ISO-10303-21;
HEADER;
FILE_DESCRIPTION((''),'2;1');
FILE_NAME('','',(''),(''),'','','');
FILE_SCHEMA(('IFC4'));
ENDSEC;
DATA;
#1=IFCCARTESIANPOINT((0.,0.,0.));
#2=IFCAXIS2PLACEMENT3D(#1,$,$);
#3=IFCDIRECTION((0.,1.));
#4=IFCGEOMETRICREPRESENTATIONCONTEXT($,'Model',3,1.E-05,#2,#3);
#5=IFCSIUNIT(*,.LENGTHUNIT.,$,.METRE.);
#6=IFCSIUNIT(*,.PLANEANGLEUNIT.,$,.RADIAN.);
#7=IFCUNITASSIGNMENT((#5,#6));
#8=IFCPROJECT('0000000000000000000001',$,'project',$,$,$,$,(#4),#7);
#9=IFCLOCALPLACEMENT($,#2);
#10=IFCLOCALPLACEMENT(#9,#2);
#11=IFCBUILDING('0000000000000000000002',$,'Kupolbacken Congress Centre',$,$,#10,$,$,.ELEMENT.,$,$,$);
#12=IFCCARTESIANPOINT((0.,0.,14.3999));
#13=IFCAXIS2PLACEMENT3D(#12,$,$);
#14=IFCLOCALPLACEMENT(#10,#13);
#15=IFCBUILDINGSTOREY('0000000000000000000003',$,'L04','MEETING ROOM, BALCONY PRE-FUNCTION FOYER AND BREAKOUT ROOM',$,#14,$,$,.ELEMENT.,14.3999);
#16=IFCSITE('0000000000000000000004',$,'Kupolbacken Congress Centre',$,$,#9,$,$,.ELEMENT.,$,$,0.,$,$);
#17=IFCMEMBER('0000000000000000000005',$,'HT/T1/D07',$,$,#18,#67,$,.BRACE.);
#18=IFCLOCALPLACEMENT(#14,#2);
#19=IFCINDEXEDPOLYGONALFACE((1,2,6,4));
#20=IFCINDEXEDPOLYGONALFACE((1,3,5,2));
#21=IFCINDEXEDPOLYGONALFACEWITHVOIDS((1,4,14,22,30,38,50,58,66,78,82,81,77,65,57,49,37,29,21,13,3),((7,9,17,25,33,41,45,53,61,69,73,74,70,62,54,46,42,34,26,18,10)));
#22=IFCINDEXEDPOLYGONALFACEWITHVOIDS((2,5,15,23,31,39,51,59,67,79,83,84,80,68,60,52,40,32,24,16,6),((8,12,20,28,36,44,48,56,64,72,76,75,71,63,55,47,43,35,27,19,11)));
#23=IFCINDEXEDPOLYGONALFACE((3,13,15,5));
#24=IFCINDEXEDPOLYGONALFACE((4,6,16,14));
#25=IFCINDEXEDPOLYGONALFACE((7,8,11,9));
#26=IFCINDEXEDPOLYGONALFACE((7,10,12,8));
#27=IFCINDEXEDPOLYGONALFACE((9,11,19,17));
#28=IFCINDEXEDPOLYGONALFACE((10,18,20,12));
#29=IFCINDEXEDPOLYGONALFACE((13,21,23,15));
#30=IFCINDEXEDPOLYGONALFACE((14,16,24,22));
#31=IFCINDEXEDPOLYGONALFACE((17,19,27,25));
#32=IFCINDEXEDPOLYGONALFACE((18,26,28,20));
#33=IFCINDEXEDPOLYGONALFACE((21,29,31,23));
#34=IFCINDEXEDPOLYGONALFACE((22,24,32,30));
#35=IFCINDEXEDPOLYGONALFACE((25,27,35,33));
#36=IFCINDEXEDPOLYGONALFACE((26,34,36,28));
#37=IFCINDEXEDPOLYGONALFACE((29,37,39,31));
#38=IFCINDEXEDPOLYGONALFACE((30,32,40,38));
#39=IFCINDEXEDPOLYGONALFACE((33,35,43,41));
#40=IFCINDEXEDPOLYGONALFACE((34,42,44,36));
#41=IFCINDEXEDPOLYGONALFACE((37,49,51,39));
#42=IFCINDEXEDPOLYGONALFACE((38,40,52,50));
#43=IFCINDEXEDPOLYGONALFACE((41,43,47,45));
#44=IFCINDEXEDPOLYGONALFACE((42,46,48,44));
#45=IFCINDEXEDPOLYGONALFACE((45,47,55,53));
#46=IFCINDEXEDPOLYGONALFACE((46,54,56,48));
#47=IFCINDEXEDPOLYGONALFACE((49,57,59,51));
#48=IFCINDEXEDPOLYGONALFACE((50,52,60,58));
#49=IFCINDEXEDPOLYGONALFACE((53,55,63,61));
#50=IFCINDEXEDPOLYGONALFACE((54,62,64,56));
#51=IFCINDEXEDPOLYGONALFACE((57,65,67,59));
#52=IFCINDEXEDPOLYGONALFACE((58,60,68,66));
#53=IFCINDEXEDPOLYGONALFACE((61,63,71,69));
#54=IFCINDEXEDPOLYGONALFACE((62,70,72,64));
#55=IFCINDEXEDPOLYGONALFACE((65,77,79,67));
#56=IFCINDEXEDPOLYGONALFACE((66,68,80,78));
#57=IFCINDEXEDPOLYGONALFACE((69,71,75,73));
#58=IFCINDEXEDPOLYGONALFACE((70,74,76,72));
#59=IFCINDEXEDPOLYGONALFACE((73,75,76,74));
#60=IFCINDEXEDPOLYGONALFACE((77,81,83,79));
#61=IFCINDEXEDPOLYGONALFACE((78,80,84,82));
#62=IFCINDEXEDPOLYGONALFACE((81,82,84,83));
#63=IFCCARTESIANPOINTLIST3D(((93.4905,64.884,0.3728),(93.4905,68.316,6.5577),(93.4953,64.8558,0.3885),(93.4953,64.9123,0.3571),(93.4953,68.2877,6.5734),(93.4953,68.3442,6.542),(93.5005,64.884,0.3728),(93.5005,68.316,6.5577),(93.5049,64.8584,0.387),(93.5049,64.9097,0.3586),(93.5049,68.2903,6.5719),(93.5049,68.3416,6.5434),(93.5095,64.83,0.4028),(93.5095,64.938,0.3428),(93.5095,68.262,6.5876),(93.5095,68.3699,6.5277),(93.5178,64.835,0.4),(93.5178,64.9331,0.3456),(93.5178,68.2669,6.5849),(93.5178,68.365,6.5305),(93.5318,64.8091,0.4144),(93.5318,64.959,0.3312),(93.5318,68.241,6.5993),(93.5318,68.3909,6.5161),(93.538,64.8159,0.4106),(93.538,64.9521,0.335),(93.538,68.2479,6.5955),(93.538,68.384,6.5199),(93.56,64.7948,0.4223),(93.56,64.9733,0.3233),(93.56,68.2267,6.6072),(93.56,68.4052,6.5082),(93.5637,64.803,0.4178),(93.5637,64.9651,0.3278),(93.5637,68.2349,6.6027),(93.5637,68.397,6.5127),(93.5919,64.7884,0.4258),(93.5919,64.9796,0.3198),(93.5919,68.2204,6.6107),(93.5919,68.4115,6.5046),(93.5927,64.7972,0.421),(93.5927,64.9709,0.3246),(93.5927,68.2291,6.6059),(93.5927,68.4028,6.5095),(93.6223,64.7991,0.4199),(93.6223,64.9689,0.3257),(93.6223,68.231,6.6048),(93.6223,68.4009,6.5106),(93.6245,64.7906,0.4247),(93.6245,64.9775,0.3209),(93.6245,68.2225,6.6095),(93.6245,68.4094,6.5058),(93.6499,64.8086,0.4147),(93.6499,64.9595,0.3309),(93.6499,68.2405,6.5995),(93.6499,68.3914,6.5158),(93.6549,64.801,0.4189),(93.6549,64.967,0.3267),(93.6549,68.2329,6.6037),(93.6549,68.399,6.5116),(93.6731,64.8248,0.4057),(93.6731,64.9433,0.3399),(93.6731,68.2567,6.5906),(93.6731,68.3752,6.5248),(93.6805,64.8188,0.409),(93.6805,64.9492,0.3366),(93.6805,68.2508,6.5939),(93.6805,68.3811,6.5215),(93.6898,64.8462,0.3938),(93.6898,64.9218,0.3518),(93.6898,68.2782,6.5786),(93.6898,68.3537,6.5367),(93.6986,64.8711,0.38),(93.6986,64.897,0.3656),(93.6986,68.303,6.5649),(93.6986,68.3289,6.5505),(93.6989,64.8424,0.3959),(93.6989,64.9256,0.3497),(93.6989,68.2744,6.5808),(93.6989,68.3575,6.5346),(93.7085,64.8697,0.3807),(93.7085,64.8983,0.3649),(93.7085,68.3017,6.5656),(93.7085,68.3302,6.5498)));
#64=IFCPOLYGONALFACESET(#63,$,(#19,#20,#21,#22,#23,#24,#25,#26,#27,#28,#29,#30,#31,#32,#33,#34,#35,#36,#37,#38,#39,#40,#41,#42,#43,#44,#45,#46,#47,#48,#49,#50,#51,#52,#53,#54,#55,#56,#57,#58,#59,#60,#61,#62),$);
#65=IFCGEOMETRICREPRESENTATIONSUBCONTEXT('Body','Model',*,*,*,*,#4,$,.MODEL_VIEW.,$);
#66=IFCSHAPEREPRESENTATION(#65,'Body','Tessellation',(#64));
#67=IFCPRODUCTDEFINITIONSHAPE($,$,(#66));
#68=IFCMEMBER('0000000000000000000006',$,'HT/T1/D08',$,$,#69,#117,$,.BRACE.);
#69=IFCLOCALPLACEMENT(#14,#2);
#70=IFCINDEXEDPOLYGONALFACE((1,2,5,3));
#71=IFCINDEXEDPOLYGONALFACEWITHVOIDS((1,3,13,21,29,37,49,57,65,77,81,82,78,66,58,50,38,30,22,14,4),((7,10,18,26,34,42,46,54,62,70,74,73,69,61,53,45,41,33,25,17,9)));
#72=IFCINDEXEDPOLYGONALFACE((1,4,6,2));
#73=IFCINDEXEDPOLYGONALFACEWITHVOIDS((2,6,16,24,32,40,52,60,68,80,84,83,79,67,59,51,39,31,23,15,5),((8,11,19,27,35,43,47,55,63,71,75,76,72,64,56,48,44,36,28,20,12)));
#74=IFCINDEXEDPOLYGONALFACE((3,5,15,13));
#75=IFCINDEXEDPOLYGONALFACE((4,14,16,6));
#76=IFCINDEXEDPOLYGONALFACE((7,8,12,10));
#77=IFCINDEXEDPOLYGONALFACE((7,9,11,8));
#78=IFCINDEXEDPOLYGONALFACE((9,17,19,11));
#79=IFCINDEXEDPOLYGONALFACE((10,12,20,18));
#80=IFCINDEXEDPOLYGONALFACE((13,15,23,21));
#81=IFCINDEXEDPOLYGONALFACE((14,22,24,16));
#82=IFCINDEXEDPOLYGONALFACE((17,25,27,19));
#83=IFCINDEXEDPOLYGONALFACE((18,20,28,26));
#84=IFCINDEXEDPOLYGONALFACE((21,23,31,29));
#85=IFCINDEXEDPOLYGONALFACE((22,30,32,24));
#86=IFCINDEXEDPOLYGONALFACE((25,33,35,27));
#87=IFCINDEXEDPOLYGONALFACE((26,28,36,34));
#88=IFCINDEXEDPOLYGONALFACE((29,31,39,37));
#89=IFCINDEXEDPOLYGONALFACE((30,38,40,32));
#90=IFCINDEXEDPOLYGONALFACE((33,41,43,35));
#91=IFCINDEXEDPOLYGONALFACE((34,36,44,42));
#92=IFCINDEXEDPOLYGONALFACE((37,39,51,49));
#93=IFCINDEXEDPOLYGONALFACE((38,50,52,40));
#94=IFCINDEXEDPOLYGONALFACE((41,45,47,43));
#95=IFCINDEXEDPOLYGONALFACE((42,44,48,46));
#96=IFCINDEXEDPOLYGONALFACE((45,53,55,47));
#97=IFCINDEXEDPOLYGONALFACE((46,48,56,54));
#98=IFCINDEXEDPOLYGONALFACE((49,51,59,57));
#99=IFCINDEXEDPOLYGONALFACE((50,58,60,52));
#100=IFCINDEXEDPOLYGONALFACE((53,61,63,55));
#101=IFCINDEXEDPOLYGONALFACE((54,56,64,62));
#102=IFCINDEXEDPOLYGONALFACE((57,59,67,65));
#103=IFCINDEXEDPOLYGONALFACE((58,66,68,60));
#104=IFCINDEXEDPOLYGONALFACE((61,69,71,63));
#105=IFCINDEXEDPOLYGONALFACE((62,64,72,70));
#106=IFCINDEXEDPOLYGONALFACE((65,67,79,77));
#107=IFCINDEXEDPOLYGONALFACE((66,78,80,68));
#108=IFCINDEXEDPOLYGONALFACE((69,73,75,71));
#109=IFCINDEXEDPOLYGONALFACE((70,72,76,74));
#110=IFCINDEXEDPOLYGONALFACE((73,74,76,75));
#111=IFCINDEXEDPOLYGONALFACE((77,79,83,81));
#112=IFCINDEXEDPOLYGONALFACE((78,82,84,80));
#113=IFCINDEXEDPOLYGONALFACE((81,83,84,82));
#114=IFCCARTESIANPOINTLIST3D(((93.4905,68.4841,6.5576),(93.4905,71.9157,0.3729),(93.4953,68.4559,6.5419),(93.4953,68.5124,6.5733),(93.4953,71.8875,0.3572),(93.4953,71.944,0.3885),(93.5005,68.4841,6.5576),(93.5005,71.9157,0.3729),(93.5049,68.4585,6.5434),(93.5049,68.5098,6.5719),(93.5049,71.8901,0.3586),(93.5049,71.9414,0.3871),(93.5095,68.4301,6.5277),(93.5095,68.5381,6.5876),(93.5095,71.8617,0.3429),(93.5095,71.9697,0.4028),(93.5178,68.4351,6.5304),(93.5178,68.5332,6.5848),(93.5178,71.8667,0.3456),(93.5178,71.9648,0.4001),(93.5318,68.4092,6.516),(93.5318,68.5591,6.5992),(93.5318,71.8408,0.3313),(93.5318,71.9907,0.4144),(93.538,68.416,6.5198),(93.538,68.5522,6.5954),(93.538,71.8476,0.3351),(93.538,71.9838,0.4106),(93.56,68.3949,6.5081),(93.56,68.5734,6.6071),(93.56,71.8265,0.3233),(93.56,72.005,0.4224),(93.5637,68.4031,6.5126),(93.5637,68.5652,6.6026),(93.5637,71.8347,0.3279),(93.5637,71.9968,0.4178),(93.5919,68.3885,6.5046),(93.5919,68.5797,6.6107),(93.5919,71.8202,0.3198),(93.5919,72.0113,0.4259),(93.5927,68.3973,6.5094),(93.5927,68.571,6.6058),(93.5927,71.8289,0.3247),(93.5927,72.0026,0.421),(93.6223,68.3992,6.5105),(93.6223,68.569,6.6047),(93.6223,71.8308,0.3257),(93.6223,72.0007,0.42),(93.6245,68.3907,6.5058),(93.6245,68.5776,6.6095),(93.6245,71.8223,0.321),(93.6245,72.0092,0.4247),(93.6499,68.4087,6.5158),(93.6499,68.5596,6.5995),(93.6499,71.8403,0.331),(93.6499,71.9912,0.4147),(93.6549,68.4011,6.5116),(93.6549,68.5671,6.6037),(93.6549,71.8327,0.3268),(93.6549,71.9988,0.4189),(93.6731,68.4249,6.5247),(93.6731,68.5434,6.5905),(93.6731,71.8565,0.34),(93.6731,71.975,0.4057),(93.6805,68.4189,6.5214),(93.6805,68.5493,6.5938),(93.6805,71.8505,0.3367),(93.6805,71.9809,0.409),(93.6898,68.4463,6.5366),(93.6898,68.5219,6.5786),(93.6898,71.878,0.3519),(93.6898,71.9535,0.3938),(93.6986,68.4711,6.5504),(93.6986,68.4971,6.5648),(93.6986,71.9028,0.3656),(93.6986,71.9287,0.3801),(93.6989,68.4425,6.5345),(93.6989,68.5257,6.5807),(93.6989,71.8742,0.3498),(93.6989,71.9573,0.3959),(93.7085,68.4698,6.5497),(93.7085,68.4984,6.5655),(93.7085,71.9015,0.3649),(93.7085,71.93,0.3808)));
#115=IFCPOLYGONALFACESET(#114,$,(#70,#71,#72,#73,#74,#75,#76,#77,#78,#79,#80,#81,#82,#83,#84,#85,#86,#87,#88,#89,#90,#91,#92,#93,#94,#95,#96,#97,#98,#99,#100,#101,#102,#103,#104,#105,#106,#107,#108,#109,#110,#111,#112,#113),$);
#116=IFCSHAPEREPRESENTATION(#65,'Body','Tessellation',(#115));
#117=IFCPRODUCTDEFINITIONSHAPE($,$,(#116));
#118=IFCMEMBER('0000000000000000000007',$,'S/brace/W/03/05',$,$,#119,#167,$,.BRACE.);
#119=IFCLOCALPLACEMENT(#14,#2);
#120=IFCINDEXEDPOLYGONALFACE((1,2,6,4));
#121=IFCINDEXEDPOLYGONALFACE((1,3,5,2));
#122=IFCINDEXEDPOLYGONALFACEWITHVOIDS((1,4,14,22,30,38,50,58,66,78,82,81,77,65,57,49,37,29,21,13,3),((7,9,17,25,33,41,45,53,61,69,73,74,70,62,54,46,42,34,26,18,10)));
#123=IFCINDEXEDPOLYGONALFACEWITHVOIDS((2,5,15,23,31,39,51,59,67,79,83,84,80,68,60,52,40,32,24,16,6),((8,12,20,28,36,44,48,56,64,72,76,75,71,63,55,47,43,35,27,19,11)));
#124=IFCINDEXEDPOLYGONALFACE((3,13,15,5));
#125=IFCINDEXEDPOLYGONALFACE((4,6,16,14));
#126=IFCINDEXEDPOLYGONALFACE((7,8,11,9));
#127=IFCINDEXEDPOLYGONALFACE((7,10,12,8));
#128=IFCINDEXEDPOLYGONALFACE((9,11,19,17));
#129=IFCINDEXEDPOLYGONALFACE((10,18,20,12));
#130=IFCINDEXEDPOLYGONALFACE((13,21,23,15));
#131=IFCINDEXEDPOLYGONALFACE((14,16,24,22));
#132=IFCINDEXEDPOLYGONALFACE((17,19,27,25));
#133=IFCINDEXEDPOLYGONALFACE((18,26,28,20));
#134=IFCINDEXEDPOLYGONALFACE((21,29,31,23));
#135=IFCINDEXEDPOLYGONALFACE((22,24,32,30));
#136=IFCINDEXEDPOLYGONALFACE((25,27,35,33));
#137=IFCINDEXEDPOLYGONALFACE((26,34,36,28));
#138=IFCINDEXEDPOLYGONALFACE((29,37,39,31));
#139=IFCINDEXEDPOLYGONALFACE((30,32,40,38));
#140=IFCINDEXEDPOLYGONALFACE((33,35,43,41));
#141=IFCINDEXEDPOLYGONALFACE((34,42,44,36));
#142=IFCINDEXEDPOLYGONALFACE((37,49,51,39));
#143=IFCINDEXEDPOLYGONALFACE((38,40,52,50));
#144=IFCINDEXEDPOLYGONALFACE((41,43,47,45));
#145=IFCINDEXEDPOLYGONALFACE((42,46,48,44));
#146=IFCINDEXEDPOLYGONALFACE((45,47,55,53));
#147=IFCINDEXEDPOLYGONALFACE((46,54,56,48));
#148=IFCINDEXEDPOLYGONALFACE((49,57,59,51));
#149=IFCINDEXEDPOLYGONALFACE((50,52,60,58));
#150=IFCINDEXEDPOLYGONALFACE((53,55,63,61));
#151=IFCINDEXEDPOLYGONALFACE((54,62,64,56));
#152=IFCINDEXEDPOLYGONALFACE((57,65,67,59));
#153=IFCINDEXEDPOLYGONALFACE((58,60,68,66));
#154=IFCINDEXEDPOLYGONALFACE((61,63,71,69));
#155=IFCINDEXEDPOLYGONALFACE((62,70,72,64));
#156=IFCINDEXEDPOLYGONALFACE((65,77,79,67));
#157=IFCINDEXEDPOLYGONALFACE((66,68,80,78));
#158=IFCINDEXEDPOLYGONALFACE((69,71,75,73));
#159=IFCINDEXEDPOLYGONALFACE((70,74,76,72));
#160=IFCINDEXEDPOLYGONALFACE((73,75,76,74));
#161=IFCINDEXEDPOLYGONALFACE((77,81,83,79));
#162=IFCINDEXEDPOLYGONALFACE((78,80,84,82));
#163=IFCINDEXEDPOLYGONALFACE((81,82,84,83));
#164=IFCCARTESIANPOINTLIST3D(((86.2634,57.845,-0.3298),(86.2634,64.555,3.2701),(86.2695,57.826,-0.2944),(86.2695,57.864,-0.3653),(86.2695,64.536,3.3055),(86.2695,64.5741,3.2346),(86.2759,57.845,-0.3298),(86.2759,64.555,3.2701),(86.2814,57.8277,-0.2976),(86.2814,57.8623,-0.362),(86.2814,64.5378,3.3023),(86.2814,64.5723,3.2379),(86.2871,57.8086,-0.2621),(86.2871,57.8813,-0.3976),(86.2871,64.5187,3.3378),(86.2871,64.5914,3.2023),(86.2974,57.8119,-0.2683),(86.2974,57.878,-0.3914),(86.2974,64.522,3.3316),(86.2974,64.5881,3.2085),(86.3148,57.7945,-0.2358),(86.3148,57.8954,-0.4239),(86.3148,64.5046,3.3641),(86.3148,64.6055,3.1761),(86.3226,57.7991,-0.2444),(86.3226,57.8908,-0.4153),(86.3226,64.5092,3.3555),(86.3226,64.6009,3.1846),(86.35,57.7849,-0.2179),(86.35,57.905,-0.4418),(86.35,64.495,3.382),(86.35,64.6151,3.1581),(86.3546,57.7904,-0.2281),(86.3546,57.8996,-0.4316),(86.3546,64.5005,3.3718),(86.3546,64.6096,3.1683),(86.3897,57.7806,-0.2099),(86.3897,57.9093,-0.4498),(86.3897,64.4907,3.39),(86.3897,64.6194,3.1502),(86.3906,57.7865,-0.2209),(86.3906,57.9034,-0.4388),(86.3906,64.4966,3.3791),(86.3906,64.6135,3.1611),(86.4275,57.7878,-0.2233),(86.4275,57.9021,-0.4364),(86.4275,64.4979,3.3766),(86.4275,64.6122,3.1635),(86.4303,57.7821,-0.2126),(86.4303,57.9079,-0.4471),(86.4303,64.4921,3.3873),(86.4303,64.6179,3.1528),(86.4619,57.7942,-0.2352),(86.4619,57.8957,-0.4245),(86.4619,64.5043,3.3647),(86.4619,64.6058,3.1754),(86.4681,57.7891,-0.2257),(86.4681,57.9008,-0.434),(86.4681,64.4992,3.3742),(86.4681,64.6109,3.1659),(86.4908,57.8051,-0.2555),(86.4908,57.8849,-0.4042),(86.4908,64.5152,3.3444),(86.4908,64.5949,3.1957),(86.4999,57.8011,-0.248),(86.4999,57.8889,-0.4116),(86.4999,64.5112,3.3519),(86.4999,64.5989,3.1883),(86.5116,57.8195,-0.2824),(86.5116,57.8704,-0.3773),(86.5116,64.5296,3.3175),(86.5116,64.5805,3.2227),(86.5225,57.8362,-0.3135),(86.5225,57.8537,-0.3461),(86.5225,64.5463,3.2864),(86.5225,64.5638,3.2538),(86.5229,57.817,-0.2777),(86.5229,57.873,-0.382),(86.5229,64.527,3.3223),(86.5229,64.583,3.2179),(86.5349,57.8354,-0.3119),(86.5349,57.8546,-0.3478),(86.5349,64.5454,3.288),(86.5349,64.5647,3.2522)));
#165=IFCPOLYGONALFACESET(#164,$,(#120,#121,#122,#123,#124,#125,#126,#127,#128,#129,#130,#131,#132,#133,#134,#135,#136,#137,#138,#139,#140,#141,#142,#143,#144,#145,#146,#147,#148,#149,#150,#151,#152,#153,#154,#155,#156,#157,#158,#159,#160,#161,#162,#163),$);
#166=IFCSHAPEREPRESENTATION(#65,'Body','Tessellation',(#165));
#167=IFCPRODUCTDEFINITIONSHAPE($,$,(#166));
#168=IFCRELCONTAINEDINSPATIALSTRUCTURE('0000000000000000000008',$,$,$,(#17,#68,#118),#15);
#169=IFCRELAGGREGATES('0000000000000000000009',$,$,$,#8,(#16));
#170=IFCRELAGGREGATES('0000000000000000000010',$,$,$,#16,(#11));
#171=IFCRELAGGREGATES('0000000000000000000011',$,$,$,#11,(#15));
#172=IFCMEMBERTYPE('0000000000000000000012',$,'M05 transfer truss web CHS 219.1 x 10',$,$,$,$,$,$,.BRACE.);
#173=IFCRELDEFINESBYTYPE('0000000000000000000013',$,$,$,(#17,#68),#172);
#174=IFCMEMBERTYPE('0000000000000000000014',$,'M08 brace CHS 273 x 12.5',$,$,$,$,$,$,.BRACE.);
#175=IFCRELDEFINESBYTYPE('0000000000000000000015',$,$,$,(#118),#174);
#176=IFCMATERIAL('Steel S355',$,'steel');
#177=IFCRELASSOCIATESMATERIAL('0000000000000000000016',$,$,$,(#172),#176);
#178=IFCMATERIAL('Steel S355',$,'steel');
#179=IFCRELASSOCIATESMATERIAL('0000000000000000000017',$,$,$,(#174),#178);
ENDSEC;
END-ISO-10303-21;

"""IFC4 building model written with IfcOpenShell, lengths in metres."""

from ifc_helpers import new_model, si_unit, direction, frame, origin, origin_2d, place, context, subcontext, project, spatial, hollow_circle, extrude, material, material_profile, profile_set, type_object, element, save


model = new_model("IFC4")

# Units and contexts
model_context = context("Model", 3, precision=1e-05, world=origin(), true_north=direction((0.0, 1.0)))
body_context = subcontext(model_context, "Body", "Model", "MODEL_VIEW")
ifc_project = project(units=[si_unit("LENGTHUNIT", "METRE"), si_unit("PLANEANGLEUNIT", "RADIAN")], contexts=[model_context])

# Site, building, storey
site_placement = place(None, origin())
site = spatial("IfcSite", under=ifc_project, at=site_placement, Name="Kupolbacken Congress Centre", CompositionType="ELEMENT", RefElevation=0.0)
building_placement = place(site_placement, origin())
building = spatial("IfcBuilding", under=site, at=building_placement, Name="Kupolbacken Congress Centre", CompositionType="ELEMENT")
storey_placement = place(building_placement, frame((0.0, 0.0, 14.3999)))
storey = spatial("IfcBuildingStorey", under=building, at=storey_placement, Name="L04", Description="MEETING ROOM, BALCONY PRE-FUNCTION FOYER AND BREAKOUT ROOM", CompositionType="ELEMENT", Elevation=14.3999)

# Members
ifc_material_1 = material(Name="Steel S355", Category="steel")
ifc_material_profile_1 = material_profile(ifc_material_1, hollow_circle(Radius=0.1096, WallThickness=0.01, at=origin_2d()), Name="CHS 219.1 x 10")
ifc_profile_set_1 = profile_set([ifc_material_profile_1], Name="Steel S355")
member_type_1 = type_object("IfcMemberType", Name="M05 transfer truss web CHS 219.1 x 10", PredefinedType="BRACE", material=ifc_profile_set_1)
member_1_placement = place(storey_placement, frame((93.6001, 64.884, 0.3728), z_axis=(0.0, 0.485197, 0.874405), x_axis=(-1.0, 0.0, 0.0)))
element("IfcMember", 1, at=member_1_placement, inside=storey, type_object=member_type_1, Name="HT/T1/D07", PredefinedType="BRACE", context=body_context, shape_type="SweptSolid", body=[
    extrude(hollow_circle(Radius=0.1096, WallThickness=0.01, at=origin_2d()), origin(), (0.0, 0.0, 1.0), 7.0732),
])
member_2_placement = place(storey_placement, frame((93.6001, 68.4841, 6.5576), z_axis=(0.0, 0.485171, -0.874419), x_axis=(-1.0, 0.0, 0.0)))
element("IfcMember", 2, at=member_2_placement, inside=storey, type_object=member_type_1, Name="HT/T1/D08", PredefinedType="BRACE", context=body_context, shape_type="SweptSolid", body=[
    extrude(hollow_circle(Radius=0.1096, WallThickness=0.01, at=origin_2d()), origin(), (0.0, 0.0, 1.0), 7.073),
])
ifc_material_2 = material(Name="Steel S355", Category="steel")
ifc_material_profile_2 = material_profile(ifc_material_2, hollow_circle(Radius=0.1365, WallThickness=0.0125, at=origin_2d()), Name="CHS 273 x 12.5")
ifc_profile_set_2 = profile_set([ifc_material_profile_2], Name="Steel S355")
member_type_2 = type_object("IfcMemberType", Name="M08 brace CHS 273 x 12.5", PredefinedType="BRACE", material=ifc_profile_set_2)
member_3_placement = place(storey_placement, frame((86.3999, 57.845, -0.3298), z_axis=(0.0, 0.881194, 0.472755), x_axis=(-1.0, 0.0, 0.0)))
element("IfcMember", 3, at=member_3_placement, inside=storey, type_object=member_type_2, Name="S/brace/W/03/05", PredefinedType="BRACE", context=body_context, shape_type="SweptSolid", body=[
    extrude(hollow_circle(Radius=0.1365, WallThickness=0.0125, at=origin_2d()), origin(), (0.0, 0.0, 1.0), 7.6147),
])

save(model, "model.ifc")
